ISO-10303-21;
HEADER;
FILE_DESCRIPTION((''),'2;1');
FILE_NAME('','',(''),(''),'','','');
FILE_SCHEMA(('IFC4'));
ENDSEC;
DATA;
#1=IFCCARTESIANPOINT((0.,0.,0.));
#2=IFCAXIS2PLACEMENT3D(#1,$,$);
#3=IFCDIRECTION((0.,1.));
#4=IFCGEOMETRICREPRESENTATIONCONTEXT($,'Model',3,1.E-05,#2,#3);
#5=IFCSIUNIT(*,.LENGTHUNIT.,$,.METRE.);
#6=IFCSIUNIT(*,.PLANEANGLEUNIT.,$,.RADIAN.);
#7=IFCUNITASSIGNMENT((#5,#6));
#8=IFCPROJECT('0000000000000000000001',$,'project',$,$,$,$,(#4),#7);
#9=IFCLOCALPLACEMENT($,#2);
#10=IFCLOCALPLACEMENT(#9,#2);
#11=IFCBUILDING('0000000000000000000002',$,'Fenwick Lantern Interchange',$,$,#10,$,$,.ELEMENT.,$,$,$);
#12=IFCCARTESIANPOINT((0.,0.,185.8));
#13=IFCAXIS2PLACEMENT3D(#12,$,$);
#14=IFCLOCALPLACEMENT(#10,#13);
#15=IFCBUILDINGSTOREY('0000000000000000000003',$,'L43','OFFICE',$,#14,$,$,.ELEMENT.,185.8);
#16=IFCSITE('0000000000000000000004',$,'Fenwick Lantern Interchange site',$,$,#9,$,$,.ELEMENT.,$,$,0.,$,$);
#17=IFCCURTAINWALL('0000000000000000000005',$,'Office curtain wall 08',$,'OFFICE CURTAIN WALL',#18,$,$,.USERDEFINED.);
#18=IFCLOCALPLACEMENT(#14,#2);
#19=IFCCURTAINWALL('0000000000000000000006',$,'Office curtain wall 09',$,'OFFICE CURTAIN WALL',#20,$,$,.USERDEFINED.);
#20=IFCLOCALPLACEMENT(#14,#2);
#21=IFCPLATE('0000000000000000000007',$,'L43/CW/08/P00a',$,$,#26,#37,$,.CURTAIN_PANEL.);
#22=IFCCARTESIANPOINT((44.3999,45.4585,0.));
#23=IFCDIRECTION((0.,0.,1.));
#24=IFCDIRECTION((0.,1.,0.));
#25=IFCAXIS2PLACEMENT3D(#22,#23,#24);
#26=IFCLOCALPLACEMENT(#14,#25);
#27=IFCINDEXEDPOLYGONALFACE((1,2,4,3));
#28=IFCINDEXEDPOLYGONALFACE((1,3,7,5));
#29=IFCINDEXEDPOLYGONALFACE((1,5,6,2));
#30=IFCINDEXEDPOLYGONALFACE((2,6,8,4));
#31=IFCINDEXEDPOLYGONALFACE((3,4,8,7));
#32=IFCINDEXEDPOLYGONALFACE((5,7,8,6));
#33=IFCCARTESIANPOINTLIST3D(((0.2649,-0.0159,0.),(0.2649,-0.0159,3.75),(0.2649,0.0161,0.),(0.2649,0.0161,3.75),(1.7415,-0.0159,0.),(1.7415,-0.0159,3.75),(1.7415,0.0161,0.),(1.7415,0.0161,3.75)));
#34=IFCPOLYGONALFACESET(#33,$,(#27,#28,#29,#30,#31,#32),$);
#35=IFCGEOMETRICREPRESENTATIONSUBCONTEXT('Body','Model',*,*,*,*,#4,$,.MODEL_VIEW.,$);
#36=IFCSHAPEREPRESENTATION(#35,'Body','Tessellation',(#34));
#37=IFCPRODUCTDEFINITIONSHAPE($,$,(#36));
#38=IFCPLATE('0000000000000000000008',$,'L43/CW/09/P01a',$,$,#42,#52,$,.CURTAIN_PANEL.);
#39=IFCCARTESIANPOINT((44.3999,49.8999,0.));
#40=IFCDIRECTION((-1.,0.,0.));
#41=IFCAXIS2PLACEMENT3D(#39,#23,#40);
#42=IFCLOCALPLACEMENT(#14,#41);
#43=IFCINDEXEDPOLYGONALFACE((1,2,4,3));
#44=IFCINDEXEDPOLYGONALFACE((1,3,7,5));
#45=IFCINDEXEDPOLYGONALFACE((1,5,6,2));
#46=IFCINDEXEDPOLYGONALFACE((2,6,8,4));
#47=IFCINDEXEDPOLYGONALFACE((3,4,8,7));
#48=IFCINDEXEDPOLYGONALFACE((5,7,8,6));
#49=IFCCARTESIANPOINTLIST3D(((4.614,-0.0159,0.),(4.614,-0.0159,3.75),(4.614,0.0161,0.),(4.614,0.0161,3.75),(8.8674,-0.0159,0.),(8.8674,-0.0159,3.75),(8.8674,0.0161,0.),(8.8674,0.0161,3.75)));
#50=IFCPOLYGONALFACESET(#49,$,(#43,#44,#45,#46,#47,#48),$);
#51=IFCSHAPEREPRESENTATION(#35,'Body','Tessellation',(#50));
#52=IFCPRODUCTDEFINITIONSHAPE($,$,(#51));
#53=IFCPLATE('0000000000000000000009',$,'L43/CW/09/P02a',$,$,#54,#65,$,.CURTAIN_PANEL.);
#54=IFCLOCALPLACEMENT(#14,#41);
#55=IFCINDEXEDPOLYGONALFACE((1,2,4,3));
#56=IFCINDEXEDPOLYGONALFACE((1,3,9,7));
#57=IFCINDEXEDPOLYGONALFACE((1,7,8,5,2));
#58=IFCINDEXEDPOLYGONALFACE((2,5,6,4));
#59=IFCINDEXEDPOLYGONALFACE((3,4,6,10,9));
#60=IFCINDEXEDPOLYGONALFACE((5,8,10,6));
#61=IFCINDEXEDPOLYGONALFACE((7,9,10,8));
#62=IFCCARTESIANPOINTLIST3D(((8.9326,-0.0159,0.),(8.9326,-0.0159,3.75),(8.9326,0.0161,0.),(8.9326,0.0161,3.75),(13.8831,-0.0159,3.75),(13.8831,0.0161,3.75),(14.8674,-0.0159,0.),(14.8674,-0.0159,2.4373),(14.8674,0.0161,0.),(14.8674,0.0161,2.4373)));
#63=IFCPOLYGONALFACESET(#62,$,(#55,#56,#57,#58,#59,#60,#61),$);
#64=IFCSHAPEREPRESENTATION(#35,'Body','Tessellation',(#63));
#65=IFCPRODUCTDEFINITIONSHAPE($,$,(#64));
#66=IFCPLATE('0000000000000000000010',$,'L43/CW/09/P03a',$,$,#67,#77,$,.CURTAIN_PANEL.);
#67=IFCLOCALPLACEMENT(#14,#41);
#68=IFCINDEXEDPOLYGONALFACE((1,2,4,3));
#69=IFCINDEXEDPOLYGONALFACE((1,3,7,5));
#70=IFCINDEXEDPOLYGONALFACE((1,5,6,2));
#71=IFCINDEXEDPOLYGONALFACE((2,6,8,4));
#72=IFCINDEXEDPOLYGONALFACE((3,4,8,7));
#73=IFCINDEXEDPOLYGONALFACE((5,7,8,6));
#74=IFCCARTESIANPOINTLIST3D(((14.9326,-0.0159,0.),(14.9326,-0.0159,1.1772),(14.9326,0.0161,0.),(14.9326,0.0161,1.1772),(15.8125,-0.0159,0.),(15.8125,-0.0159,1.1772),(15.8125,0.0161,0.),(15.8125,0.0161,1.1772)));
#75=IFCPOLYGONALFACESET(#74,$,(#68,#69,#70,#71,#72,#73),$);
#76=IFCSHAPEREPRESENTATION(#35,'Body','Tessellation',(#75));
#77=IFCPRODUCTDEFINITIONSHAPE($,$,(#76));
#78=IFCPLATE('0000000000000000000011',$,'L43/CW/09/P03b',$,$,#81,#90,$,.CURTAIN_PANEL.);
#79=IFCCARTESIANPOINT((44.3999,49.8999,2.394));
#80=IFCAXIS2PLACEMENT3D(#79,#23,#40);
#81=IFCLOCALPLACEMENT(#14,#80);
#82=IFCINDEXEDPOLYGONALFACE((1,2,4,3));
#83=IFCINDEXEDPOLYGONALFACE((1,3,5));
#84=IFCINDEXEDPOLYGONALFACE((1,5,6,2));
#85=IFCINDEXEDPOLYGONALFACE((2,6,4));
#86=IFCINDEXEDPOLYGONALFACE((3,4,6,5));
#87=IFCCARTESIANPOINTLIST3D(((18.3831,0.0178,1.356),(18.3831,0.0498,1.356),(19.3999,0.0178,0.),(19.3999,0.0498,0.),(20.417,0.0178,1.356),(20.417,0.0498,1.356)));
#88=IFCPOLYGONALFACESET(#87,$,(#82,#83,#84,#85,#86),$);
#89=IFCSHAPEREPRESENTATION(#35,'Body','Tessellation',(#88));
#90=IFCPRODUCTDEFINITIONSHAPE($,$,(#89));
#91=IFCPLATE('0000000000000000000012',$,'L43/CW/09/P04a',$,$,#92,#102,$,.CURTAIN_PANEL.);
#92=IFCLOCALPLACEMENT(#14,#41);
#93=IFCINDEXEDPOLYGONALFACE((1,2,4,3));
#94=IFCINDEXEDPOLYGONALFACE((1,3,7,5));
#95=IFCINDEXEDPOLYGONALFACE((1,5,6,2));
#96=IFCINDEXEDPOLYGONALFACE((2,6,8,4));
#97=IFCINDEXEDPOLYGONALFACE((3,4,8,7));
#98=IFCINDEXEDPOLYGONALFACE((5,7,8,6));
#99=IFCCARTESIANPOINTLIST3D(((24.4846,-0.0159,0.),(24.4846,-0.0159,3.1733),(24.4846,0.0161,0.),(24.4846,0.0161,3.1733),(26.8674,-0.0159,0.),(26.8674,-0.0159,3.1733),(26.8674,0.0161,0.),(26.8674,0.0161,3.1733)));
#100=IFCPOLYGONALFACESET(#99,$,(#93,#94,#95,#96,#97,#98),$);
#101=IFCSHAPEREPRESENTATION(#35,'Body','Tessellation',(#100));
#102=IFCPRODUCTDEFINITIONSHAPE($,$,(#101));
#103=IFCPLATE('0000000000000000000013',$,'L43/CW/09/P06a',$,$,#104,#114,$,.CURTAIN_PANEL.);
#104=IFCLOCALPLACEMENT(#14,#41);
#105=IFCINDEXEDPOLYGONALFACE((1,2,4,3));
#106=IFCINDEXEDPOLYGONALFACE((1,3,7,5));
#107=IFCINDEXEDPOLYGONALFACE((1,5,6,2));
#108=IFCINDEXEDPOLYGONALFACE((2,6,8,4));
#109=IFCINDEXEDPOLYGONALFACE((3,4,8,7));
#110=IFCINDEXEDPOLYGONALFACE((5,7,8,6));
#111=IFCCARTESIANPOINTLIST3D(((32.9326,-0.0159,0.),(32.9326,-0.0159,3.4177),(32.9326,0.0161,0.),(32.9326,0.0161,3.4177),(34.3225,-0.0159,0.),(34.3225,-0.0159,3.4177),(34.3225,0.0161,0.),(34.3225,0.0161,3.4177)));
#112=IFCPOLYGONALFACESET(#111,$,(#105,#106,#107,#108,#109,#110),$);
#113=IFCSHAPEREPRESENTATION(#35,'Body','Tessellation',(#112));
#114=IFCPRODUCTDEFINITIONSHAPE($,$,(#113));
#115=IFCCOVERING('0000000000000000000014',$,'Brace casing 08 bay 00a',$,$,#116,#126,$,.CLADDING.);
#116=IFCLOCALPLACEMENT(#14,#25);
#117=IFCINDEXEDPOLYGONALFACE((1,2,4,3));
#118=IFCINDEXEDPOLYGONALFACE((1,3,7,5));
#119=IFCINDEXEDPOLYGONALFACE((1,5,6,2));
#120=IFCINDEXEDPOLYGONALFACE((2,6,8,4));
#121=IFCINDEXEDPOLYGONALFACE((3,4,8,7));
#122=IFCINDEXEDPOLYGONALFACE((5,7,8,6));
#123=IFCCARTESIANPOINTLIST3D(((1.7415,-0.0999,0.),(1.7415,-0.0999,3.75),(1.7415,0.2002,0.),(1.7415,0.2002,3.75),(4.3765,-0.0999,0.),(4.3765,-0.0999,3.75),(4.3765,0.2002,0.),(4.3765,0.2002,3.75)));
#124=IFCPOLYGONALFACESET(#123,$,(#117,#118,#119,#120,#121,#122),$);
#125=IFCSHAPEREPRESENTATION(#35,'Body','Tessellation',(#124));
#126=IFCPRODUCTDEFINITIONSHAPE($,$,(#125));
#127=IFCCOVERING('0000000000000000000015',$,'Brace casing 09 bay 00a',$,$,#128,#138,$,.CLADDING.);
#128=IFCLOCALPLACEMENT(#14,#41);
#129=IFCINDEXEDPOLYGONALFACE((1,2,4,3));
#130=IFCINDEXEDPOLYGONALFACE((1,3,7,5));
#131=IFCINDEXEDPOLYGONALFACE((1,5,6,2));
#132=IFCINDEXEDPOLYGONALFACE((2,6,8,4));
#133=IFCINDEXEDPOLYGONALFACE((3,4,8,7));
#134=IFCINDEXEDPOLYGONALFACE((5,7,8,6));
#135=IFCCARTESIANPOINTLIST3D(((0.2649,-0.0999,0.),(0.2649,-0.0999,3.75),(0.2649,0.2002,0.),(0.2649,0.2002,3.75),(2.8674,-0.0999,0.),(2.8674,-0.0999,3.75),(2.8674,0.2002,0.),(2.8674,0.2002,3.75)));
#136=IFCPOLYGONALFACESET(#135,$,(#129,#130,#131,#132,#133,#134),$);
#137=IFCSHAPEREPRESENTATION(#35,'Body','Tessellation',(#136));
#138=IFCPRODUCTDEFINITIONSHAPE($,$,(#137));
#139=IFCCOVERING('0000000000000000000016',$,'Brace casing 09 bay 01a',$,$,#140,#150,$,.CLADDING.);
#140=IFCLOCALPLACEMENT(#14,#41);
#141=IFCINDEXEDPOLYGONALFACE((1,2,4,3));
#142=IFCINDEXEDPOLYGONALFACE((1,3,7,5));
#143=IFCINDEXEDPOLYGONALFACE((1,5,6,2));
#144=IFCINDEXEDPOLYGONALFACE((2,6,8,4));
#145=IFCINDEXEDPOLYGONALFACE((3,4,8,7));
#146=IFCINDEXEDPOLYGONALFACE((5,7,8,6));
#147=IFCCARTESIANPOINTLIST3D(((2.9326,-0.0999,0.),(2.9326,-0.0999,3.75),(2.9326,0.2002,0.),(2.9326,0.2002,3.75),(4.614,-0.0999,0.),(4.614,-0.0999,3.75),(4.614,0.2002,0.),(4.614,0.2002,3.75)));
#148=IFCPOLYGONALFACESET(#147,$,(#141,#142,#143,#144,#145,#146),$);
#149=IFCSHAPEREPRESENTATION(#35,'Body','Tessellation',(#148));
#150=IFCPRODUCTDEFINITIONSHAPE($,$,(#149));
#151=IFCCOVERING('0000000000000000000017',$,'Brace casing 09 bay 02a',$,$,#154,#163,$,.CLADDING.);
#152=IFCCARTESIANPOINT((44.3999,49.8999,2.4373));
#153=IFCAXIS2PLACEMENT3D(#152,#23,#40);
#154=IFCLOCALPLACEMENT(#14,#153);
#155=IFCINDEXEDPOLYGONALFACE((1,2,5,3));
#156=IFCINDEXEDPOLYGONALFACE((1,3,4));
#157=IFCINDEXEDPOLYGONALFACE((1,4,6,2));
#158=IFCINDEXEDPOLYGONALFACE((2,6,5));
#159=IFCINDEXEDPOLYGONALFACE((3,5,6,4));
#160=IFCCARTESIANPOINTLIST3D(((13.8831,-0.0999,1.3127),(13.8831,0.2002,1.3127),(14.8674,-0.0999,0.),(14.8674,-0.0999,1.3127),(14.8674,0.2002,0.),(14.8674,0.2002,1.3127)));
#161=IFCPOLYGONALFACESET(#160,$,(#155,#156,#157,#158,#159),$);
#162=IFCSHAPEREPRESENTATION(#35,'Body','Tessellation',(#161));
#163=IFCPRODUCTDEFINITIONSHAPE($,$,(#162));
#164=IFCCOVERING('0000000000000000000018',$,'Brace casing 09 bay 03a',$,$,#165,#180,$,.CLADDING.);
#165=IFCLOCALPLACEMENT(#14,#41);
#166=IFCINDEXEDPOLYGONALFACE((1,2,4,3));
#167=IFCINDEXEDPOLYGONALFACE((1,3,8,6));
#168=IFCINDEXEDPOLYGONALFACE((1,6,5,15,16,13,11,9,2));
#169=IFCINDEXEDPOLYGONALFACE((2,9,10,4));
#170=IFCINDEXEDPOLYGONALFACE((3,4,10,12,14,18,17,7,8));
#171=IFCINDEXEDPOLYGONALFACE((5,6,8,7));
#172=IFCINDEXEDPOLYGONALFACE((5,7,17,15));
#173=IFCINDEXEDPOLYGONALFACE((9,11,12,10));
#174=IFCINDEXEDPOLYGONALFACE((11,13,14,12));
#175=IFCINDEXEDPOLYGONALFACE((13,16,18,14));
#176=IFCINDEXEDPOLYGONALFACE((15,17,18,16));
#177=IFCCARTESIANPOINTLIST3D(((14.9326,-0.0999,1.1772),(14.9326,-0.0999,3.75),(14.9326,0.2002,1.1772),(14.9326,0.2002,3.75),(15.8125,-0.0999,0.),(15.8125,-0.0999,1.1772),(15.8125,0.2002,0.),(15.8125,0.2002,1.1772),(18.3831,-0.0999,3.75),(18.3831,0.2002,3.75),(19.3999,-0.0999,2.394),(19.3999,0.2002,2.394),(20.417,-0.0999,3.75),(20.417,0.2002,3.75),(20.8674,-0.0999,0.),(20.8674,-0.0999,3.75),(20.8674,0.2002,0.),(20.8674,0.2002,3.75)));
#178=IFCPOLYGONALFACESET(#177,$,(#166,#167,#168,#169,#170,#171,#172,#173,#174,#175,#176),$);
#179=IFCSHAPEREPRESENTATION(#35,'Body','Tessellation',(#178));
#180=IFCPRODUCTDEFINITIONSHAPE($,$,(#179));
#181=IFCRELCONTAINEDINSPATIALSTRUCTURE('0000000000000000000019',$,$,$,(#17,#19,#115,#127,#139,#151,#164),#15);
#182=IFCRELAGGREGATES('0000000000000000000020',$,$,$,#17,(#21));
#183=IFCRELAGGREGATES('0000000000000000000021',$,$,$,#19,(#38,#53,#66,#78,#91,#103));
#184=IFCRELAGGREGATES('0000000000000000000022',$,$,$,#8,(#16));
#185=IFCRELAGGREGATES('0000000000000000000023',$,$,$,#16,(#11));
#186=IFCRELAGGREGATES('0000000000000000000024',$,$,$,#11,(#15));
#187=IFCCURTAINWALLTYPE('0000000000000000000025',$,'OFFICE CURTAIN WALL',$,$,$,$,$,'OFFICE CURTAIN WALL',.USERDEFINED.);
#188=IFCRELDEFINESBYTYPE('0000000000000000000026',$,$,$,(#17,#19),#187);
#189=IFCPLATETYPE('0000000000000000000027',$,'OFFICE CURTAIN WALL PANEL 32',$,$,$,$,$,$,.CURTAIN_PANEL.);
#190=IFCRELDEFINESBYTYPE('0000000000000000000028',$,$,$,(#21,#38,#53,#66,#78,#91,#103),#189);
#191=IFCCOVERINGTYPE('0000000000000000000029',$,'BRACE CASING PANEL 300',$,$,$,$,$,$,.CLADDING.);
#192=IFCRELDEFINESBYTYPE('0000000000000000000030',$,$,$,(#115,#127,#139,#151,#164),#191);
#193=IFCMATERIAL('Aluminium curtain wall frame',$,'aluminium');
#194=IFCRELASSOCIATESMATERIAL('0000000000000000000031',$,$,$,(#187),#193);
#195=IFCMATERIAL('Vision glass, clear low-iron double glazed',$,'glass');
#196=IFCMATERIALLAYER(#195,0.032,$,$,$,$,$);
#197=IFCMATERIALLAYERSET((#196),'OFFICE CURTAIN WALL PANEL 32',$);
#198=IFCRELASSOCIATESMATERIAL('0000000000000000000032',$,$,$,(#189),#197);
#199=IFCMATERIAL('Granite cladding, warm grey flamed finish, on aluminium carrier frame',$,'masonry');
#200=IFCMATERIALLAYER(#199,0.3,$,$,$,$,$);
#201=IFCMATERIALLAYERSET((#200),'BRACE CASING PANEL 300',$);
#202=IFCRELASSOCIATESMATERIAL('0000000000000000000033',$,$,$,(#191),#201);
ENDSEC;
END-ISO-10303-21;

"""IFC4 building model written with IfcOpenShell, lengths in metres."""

from ifc_helpers import new_model, si_unit, direction, frame, origin, place, context, subcontext, project, spatial, polyline, outline, extrude, material, layer, layer_set, type_object, element, aggregate, save


model = new_model("IFC4")

# Units and contexts
model_context = context("Model", 3, precision=1e-05, world=origin(), true_north=direction((0.0, 1.0)))
body_context = subcontext(model_context, "Body", "Model", "MODEL_VIEW")
ifc_project = project(units=[si_unit("LENGTHUNIT", "METRE"), si_unit("PLANEANGLEUNIT", "RADIAN")], contexts=[model_context])

# Site, building, storey
site_placement = place(None, origin())
site = spatial("IfcSite", under=ifc_project, at=site_placement, Name="Fenwick Lantern Interchange site", CompositionType="ELEMENT", RefElevation=0.0)
building_placement = place(site_placement, origin())
building = spatial("IfcBuilding", under=site, at=building_placement, Name="Fenwick Lantern Interchange", CompositionType="ELEMENT")
storey_placement = place(building_placement, frame((0.0, 0.0, 185.8)))
storey = spatial("IfcBuildingStorey", under=building, at=storey_placement, Name="L43", Description="OFFICE", CompositionType="ELEMENT", Elevation=185.8)

# Curtain walls
ifc_material_1 = material(Name="Aluminium curtain wall frame", Category="aluminium")
curtain_wall_type = type_object("IfcCurtainWallType", Name="OFFICE CURTAIN WALL", ElementType="OFFICE CURTAIN WALL", PredefinedType="USERDEFINED", material=ifc_material_1)
curtain_wall_1_placement = place(storey_placement, origin())
curtain_wall_1 = element("IfcCurtainWall", 1, at=curtain_wall_1_placement, inside=storey, type_object=curtain_wall_type, Name="Office curtain wall 08", ObjectType="OFFICE CURTAIN WALL", PredefinedType="USERDEFINED")
curtain_wall_2_placement = place(storey_placement, origin())
curtain_wall_2 = element("IfcCurtainWall", 2, at=curtain_wall_2_placement, inside=storey, type_object=curtain_wall_type, Name="Office curtain wall 09", ObjectType="OFFICE CURTAIN WALL", PredefinedType="USERDEFINED")

# Plates
ifc_material_2 = material(Name="Vision glass, clear low-iron double glazed", Category="glass")
ifc_layer_1 = layer(ifc_material_2, 0.032)
ifc_layer_set_1 = layer_set([ifc_layer_1], Name="OFFICE CURTAIN WALL PANEL 32")
plate_type = type_object("IfcPlateType", Name="OFFICE CURTAIN WALL PANEL 32", PredefinedType="CURTAIN_PANEL", material=ifc_layer_set_1)
plate_1_placement = place(storey_placement, frame((44.3999, 45.4585, 0.0), z_axis=(0.0, 0.0, 1.0), x_axis=(0.0, 1.0, 0.0)))
plate_1 = element("IfcPlate", 3, at=plate_1_placement, type_object=plate_type, Name="L43/CW/08/P00a", PredefinedType="CURTAIN_PANEL", context=body_context, shape_type="SweptSolid", body=[
    extrude(outline(polyline([(0.2649, 0.0), (1.7415, 0.0), (1.7415, 3.75), (0.2649, 3.75), (0.2649, 0.0)])), frame((0.0, 0.0161, 0.0), z_axis=(0.0, -1.0, 0.0), x_axis=(1.0, 0.0, 0.0)), (0.0, 0.0, 1.0), 0.032),
])
aggregate(curtain_wall_1, [plate_1])
plate_2_placement = place(storey_placement, frame((44.3999, 49.8999, 0.0), z_axis=(0.0, 0.0, 1.0), x_axis=(-1.0, 0.0, 0.0)))
plate_2 = element("IfcPlate", 4, at=plate_2_placement, type_object=plate_type, Name="L43/CW/09/P01a", PredefinedType="CURTAIN_PANEL", context=body_context, shape_type="SweptSolid", body=[
    extrude(outline(polyline([(4.614, 0.0), (8.8674, 0.0), (8.8674, 3.75), (4.614, 3.75), (4.614, 0.0)])), frame((0.0, 0.0161, 0.0), z_axis=(0.0, -1.0, 0.0), x_axis=(1.0, 0.0, 0.0)), (0.0, 0.0, 1.0), 0.032),
])
plate_3_placement = place(storey_placement, frame((44.3999, 49.8999, 0.0), z_axis=(0.0, 0.0, 1.0), x_axis=(-1.0, 0.0, 0.0)))
plate_3 = element("IfcPlate", 5, at=plate_3_placement, type_object=plate_type, Name="L43/CW/09/P02a", PredefinedType="CURTAIN_PANEL", context=body_context, shape_type="SweptSolid", body=[
    extrude(outline(polyline([(8.9326, 0.0), (14.8674, 0.0), (14.8674, 2.4373), (13.8831, 3.75), (8.9326, 3.75), (8.9326, 0.0)])), frame((0.0, 0.0161, 0.0), z_axis=(0.0, -1.0, 0.0), x_axis=(1.0, 0.0, 0.0)), (0.0, 0.0, 1.0), 0.032),
])
plate_4_placement = place(storey_placement, frame((44.3999, 49.8999, 0.0), z_axis=(0.0, 0.0, 1.0), x_axis=(-1.0, 0.0, 0.0)))
plate_4 = element("IfcPlate", 6, at=plate_4_placement, type_object=plate_type, Name="L43/CW/09/P03a", PredefinedType="CURTAIN_PANEL", context=body_context, shape_type="SweptSolid", body=[
    extrude(outline(polyline([(14.9326, 0.0), (15.8125, 0.0), (15.8125, 1.1772), (14.9326, 1.1772), (14.9326, 0.0)])), frame((0.0, 0.0161, 0.0), z_axis=(0.0, -1.0, 0.0), x_axis=(1.0, 0.0, 0.0)), (0.0, 0.0, 1.0), 0.032),
])
plate_5_placement = place(storey_placement, frame((44.3999, 49.8999, 2.394), z_axis=(0.0, 0.0, 1.0), x_axis=(-1.0, 0.0, 0.0)))
plate_5 = element("IfcPlate", 7, at=plate_5_placement, type_object=plate_type, Name="L43/CW/09/P03b", PredefinedType="CURTAIN_PANEL", context=body_context, shape_type="SweptSolid", body=[
    extrude(outline(polyline([(19.3999, 0.0), (20.417, 1.356), (18.3831, 1.356), (19.3999, 0.0)])), frame((0.0, 0.0498, 0.0), z_axis=(0.0, -1.0, 0.0), x_axis=(1.0, 0.0, 0.0)), (0.0, 0.0, 1.0), 0.032),
])
plate_6_placement = place(storey_placement, frame((44.3999, 49.8999, 0.0), z_axis=(0.0, 0.0, 1.0), x_axis=(-1.0, 0.0, 0.0)))
plate_6 = element("IfcPlate", 8, at=plate_6_placement, type_object=plate_type, Name="L43/CW/09/P04a", PredefinedType="CURTAIN_PANEL", context=body_context, shape_type="SweptSolid", body=[
    extrude(outline(polyline([(24.4846, 0.0), (26.8674, 0.0), (26.8674, 3.1733), (24.4846, 3.1733), (24.4846, 0.0)])), frame((0.0, 0.0161, 0.0), z_axis=(0.0, -1.0, 0.0), x_axis=(1.0, 0.0, 0.0)), (0.0, 0.0, 1.0), 0.032),
])
plate_7_placement = place(storey_placement, frame((44.3999, 49.8999, 0.0), z_axis=(0.0, 0.0, 1.0), x_axis=(-1.0, 0.0, 0.0)))
plate_7 = element("IfcPlate", 9, at=plate_7_placement, type_object=plate_type, Name="L43/CW/09/P06a", PredefinedType="CURTAIN_PANEL", context=body_context, shape_type="SweptSolid", body=[
    extrude(outline(polyline([(32.9326, 0.0), (34.3225, 0.0), (34.3225, 3.4177), (32.9326, 3.4177), (32.9326, 0.0)])), frame((0.0, 0.0161, 0.0), z_axis=(0.0, -1.0, 0.0), x_axis=(1.0, 0.0, 0.0)), (0.0, 0.0, 1.0), 0.032),
])
aggregate(curtain_wall_2, [plate_2, plate_3, plate_4, plate_5, plate_6, plate_7])

# Coverings
ifc_material_3 = material(Name="Granite cladding, warm grey flamed finish, on aluminium carrier frame", Category="masonry")
ifc_layer_2 = layer(ifc_material_3, 0.3)
ifc_layer_set_2 = layer_set([ifc_layer_2], Name="BRACE CASING PANEL 300")
covering_type = type_object("IfcCoveringType", Name="BRACE CASING PANEL 300", PredefinedType="CLADDING", material=ifc_layer_set_2)
covering_1_placement = place(storey_placement, frame((44.3999, 45.4585, 0.0), z_axis=(0.0, 0.0, 1.0), x_axis=(0.0, 1.0, 0.0)))
element("IfcCovering", 10, at=covering_1_placement, inside=storey, type_object=covering_type, Name="Brace casing 08 bay 00a", PredefinedType="CLADDING", context=body_context, shape_type="SweptSolid", body=[
    extrude(outline(polyline([(1.7415, 0.0), (4.3765, 0.0), (4.3765, 3.75), (1.7415, 3.75), (1.7415, 0.0)])), frame((0.0, 0.2002, 0.0), z_axis=(0.0, -1.0, 0.0), x_axis=(1.0, 0.0, 0.0)), (0.0, 0.0, 1.0), 0.3),
])
covering_2_placement = place(storey_placement, frame((44.3999, 49.8999, 0.0), z_axis=(0.0, 0.0, 1.0), x_axis=(-1.0, 0.0, 0.0)))
element("IfcCovering", 11, at=covering_2_placement, inside=storey, type_object=covering_type, Name="Brace casing 09 bay 00a", PredefinedType="CLADDING", context=body_context, shape_type="SweptSolid", body=[
    extrude(outline(polyline([(0.2649, 0.0), (2.8674, 0.0), (2.8674, 3.75), (0.2649, 3.75), (0.2649, 0.0)])), frame((0.0, 0.2002, 0.0), z_axis=(0.0, -1.0, 0.0), x_axis=(1.0, 0.0, 0.0)), (0.0, 0.0, 1.0), 0.3),
])
covering_3_placement = place(storey_placement, frame((44.3999, 49.8999, 0.0), z_axis=(0.0, 0.0, 1.0), x_axis=(-1.0, 0.0, 0.0)))
element("IfcCovering", 12, at=covering_3_placement, inside=storey, type_object=covering_type, Name="Brace casing 09 bay 01a", PredefinedType="CLADDING", context=body_context, shape_type="SweptSolid", body=[
    extrude(outline(polyline([(2.9326, 0.0), (4.614, 0.0), (4.614, 3.75), (2.9326, 3.75), (2.9326, 0.0)])), frame((0.0, 0.2002, 0.0), z_axis=(0.0, -1.0, 0.0), x_axis=(1.0, 0.0, 0.0)), (0.0, 0.0, 1.0), 0.3),
])
covering_4_placement = place(storey_placement, frame((44.3999, 49.8999, 2.4373), z_axis=(0.0, 0.0, 1.0), x_axis=(-1.0, 0.0, 0.0)))
element("IfcCovering", 13, at=covering_4_placement, inside=storey, type_object=covering_type, Name="Brace casing 09 bay 02a", PredefinedType="CLADDING", context=body_context, shape_type="SweptSolid", body=[
    extrude(outline(polyline([(14.8674, 0.0), (14.8674, 1.3127), (13.8831, 1.3127), (14.8674, 0.0)])), frame((0.0, 0.2002, 0.0), z_axis=(0.0, -1.0, 0.0), x_axis=(1.0, 0.0, 0.0)), (0.0, 0.0, 1.0), 0.3),
])
covering_5_placement = place(storey_placement, frame((44.3999, 49.8999, 0.0), z_axis=(0.0, 0.0, 1.0), x_axis=(-1.0, 0.0, 0.0)))
element("IfcCovering", 14, at=covering_5_placement, inside=storey, type_object=covering_type, Name="Brace casing 09 bay 03a", PredefinedType="CLADDING", context=body_context, shape_type="SweptSolid", body=[
    extrude(outline(polyline([(15.8125, 0.0), (20.8674, 0.0), (20.8674, 3.75), (20.417, 3.75), (19.3999, 2.394), (18.3831, 3.75), (14.9326, 3.75), (14.9326, 1.1772), (15.8125, 1.1772), (15.8125, 0.0)])), frame((0.0, 0.2002, 0.0), z_axis=(0.0, -1.0, 0.0), x_axis=(1.0, 0.0, 0.0)), (0.0, 0.0, 1.0), 0.3),
])

save(model, "model.ifc")
